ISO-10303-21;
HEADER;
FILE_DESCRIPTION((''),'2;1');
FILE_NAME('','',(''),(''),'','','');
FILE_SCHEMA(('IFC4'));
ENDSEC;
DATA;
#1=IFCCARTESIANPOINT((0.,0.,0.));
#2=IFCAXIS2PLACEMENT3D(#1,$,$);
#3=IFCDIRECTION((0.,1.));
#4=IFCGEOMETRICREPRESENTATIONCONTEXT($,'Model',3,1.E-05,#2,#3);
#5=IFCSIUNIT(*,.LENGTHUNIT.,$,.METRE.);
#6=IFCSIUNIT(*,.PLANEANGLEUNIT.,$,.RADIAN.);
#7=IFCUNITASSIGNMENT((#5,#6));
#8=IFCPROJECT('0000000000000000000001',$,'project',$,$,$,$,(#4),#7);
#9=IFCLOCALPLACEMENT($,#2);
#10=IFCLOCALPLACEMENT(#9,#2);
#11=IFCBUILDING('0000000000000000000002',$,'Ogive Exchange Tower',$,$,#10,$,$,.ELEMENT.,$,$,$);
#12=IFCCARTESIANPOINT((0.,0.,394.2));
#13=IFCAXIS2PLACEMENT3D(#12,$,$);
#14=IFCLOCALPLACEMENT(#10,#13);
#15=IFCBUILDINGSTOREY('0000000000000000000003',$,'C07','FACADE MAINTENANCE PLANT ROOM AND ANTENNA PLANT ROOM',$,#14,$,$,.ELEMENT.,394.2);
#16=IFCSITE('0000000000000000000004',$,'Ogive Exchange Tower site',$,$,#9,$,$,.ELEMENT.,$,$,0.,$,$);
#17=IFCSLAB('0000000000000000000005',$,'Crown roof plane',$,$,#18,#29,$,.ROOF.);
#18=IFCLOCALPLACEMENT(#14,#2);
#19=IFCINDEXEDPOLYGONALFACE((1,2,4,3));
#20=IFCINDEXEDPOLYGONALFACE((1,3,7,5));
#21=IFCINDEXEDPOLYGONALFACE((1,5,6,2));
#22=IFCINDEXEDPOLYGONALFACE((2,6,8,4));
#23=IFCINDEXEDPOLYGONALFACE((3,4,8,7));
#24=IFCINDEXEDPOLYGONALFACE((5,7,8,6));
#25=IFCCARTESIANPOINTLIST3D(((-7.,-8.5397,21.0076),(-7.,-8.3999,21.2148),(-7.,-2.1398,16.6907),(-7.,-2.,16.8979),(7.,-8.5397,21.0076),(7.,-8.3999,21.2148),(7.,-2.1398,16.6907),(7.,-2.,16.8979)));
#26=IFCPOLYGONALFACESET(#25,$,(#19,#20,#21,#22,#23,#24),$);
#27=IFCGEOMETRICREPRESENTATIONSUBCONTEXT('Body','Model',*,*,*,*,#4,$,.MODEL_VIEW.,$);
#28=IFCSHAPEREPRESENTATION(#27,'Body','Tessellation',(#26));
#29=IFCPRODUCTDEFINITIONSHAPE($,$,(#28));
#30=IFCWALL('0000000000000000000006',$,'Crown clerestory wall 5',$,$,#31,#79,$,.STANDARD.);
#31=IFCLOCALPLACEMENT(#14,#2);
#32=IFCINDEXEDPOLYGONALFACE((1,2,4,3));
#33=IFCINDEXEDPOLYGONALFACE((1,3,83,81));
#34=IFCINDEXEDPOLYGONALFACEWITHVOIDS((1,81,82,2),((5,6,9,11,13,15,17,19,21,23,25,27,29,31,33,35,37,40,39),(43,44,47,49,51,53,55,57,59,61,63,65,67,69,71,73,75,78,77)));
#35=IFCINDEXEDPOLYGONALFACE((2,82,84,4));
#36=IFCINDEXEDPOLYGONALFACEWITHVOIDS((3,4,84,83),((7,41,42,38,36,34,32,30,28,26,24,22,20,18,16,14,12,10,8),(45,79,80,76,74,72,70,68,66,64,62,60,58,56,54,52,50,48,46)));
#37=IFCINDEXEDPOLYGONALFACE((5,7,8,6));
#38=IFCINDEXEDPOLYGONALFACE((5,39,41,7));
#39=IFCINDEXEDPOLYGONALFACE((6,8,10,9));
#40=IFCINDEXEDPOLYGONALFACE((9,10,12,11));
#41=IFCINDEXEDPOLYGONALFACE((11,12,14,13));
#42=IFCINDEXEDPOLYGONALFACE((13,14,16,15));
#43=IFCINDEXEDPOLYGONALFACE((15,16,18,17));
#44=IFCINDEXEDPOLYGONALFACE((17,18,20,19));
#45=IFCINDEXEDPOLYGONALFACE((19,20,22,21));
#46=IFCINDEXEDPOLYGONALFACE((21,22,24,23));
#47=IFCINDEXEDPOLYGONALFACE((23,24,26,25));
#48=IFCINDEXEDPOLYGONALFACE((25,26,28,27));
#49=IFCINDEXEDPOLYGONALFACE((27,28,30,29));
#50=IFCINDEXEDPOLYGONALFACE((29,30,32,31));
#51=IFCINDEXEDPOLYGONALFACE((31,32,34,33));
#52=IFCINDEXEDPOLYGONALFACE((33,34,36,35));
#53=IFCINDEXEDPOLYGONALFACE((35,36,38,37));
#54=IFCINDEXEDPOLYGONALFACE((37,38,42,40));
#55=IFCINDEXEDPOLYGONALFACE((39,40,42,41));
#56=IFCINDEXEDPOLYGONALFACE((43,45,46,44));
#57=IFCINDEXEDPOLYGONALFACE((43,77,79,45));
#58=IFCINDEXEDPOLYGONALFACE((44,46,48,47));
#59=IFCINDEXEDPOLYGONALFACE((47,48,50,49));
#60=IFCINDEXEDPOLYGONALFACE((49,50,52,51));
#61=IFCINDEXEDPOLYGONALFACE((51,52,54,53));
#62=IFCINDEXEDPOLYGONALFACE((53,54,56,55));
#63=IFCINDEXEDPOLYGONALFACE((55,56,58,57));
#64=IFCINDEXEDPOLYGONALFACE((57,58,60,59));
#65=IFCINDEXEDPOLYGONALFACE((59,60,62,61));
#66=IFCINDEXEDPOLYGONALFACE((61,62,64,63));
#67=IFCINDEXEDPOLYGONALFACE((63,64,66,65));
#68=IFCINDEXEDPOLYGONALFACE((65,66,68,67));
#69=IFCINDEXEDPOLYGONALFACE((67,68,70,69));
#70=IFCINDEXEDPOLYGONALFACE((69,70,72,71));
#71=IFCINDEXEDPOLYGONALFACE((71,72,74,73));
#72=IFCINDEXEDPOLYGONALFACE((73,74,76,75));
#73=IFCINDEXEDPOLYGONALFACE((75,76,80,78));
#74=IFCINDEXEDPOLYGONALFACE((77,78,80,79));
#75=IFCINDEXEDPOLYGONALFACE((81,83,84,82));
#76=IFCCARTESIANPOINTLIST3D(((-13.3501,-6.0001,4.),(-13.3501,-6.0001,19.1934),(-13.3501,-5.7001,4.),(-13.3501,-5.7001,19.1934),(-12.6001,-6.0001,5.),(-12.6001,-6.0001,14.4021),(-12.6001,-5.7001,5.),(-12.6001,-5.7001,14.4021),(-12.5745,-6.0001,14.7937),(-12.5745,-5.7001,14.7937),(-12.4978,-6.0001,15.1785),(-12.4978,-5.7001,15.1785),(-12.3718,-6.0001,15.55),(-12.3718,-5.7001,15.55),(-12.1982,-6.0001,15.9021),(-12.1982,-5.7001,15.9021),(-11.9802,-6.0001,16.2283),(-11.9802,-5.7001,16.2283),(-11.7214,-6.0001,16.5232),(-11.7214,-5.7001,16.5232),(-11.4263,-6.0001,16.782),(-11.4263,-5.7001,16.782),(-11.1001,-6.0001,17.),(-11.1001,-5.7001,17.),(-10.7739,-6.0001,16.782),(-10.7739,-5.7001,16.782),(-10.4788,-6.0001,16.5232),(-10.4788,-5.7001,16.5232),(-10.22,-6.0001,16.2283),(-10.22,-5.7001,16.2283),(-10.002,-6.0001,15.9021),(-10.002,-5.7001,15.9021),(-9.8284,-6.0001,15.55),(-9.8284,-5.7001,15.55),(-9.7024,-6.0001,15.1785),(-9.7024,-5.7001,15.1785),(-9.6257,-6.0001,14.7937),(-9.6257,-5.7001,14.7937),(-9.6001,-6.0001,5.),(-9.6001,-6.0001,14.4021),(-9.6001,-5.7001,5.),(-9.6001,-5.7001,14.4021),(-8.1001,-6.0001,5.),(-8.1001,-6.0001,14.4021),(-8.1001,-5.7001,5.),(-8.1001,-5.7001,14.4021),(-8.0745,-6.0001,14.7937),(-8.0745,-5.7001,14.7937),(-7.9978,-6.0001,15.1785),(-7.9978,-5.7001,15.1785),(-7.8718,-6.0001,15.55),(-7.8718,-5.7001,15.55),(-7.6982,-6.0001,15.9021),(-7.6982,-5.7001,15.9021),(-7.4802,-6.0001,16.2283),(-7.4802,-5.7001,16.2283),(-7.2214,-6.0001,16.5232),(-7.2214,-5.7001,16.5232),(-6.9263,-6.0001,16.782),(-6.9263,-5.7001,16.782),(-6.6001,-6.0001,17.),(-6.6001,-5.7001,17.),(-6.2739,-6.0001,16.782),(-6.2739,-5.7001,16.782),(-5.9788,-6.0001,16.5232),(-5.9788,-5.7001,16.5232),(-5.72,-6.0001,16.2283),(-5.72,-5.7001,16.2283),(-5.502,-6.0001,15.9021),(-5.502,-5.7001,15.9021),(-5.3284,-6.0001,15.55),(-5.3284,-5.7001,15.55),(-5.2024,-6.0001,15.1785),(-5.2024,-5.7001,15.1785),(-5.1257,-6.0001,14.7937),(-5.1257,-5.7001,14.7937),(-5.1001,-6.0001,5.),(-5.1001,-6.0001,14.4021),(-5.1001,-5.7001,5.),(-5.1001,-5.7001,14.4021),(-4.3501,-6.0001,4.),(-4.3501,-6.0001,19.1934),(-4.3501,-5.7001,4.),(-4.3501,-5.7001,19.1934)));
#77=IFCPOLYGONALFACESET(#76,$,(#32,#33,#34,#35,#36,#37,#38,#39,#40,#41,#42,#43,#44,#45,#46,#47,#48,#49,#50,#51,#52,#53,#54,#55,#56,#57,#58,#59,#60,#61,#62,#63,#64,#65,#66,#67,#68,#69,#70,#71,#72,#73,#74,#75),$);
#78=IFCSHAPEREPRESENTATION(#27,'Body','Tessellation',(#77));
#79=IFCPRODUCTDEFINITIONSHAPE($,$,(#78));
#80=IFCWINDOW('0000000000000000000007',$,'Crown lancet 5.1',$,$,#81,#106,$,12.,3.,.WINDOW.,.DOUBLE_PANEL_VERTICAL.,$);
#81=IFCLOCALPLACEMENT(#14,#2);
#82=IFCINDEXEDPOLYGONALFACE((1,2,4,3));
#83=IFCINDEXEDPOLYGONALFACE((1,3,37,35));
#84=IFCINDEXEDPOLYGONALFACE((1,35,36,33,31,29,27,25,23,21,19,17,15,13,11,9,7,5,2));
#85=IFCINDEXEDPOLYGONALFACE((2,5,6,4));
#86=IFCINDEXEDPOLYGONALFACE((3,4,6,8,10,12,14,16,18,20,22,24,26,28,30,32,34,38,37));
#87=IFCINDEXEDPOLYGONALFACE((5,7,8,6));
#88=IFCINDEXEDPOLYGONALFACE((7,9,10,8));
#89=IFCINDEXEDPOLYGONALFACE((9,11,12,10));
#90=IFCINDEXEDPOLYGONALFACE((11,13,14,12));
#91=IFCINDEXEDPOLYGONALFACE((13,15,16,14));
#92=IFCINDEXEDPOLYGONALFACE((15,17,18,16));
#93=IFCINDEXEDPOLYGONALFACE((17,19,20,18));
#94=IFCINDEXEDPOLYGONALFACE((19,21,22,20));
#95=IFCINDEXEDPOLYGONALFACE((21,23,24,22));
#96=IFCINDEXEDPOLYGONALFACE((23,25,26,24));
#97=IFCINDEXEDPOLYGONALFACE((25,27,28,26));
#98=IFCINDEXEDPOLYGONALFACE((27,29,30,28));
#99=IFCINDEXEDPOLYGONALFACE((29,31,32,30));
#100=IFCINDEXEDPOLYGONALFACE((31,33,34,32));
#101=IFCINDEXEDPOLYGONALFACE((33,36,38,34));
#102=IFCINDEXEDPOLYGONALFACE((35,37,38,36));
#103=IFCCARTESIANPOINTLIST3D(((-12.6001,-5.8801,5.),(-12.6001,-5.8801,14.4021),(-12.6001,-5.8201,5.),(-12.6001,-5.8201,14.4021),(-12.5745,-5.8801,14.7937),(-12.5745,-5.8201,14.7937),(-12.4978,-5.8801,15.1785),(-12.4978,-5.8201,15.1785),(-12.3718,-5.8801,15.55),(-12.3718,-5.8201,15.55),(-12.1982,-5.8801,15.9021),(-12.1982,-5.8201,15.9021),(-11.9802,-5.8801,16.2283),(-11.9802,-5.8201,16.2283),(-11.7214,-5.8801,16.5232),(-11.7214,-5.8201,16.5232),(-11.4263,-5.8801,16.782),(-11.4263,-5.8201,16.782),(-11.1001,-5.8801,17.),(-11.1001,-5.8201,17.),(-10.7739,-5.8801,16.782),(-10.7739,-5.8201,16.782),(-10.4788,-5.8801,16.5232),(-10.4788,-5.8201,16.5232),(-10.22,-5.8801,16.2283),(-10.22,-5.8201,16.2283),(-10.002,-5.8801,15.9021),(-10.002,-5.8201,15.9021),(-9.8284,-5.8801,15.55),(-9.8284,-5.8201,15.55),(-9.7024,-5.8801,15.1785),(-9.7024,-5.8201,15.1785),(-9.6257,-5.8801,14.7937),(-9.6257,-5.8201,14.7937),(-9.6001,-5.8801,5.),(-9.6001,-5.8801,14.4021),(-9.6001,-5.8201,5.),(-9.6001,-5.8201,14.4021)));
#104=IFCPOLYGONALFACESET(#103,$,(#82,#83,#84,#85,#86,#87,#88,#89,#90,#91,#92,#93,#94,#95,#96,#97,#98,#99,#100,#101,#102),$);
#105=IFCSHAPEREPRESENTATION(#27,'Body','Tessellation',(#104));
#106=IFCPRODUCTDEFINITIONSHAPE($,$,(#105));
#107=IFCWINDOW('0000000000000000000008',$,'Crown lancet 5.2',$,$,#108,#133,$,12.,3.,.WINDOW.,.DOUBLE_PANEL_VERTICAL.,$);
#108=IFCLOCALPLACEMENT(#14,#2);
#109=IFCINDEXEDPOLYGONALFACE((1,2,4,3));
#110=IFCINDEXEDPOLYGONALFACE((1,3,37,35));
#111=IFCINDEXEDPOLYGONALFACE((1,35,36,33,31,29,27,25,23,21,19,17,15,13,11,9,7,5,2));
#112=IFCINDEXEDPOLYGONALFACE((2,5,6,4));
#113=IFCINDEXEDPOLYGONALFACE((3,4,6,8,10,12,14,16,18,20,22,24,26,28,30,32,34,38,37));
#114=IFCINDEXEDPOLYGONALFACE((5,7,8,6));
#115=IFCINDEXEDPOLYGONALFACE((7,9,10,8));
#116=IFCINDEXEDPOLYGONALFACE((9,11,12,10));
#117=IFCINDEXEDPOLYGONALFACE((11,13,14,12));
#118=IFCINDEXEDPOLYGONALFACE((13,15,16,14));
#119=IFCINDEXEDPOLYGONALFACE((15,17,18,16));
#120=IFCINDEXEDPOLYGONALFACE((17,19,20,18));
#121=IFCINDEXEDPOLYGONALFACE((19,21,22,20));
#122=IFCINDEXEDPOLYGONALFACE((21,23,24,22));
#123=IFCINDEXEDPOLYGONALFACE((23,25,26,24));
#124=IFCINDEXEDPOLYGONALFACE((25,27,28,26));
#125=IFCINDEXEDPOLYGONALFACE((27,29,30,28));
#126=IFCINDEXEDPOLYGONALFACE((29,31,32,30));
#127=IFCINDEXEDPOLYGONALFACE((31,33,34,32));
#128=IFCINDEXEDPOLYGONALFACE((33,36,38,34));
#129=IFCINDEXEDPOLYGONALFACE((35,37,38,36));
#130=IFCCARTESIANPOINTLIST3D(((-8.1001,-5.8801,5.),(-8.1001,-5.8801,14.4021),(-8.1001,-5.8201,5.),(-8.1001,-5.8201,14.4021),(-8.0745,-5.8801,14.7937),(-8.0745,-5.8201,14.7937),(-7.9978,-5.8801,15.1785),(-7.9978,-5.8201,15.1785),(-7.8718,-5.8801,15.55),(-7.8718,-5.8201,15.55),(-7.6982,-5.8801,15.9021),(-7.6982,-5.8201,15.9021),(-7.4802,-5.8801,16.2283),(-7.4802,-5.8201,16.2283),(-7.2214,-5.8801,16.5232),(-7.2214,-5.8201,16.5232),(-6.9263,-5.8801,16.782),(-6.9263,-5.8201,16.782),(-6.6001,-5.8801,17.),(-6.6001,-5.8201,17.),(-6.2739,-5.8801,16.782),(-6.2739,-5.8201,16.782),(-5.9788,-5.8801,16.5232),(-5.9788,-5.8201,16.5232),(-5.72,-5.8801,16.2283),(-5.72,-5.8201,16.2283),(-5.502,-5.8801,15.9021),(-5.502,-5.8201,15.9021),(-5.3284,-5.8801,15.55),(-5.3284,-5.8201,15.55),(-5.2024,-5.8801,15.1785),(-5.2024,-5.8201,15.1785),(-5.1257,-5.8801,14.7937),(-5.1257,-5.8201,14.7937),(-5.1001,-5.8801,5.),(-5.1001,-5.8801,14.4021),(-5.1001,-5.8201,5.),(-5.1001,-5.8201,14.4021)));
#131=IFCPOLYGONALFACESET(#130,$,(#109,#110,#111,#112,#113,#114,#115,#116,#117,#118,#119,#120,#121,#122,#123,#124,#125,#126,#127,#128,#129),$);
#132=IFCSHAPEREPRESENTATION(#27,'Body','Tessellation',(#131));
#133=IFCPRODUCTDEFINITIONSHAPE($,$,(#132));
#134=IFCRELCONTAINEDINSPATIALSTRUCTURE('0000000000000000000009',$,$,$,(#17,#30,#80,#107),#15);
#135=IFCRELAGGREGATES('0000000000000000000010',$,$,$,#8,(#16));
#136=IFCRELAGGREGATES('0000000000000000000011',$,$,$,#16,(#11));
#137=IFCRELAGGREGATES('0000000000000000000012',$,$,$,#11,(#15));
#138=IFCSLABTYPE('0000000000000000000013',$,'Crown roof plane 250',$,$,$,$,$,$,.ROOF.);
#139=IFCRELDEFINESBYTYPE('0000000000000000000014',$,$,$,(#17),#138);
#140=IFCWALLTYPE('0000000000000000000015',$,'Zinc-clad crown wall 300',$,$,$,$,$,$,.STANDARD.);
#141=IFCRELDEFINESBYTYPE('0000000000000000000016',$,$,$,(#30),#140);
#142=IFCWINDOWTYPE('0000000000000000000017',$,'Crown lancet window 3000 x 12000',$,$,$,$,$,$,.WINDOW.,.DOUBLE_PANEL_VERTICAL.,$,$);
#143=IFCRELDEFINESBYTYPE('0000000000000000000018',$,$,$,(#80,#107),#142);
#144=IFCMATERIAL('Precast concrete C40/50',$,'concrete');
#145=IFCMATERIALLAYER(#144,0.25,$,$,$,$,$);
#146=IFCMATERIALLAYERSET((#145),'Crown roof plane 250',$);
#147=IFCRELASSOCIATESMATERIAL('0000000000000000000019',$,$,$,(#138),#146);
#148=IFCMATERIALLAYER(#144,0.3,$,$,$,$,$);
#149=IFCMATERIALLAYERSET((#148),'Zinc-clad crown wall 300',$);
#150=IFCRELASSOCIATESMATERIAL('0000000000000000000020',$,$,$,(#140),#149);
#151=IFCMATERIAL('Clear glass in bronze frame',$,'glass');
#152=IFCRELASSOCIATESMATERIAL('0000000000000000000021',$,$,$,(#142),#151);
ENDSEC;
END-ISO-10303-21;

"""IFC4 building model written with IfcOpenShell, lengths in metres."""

from ifc_helpers import new_model, si_unit, direction, frame, frame_2d, origin, place, context, subcontext, project, spatial, polyline, rectangle, outline, extrude, material, layer, layer_set, type_object, element, fill, save


model = new_model("IFC4")

# Units and contexts
model_context = context("Model", 3, precision=1e-05, world=origin(), true_north=direction((0.0, 1.0)))
body_context = subcontext(model_context, "Body", "Model", "MODEL_VIEW")
ifc_project = project(units=[si_unit("LENGTHUNIT", "METRE"), si_unit("PLANEANGLEUNIT", "RADIAN")], contexts=[model_context])

# Site, building, storey
site_placement = place(None, origin())
site = spatial("IfcSite", under=ifc_project, at=site_placement, Name="Ogive Exchange Tower site", CompositionType="ELEMENT", RefElevation=0.0)
building_placement = place(site_placement, origin())
building = spatial("IfcBuilding", under=site, at=building_placement, Name="Ogive Exchange Tower", CompositionType="ELEMENT")
storey_placement = place(building_placement, frame((0.0, 0.0, 394.2)))
storey = spatial("IfcBuildingStorey", under=building, at=storey_placement, Name="C07", Description="FACADE MAINTENANCE PLANT ROOM AND ANTENNA PLANT ROOM", CompositionType="ELEMENT", Elevation=394.2)

# Slab
ifc_material_1 = material(Name="Precast concrete C40/50", Category="concrete")
ifc_layer_1 = layer(ifc_material_1, 0.25)
ifc_layer_set_1 = layer_set([ifc_layer_1], Name="Crown roof plane 250")
slab_type_1 = type_object("IfcSlabType", Name="Crown roof plane 250", PredefinedType="ROOF", material=ifc_layer_set_1)
slab_1_placement = place(storey_placement, frame((-7.0, -8.3999, 21.2148), z_axis=(0.0, 0.559202, 0.829031), x_axis=(0.0, 0.829031, -0.559202)))
element("IfcSlab", 1, at=slab_1_placement, inside=storey, type_object=slab_type_1, Name="Crown roof plane", PredefinedType="ROOF", context=body_context, shape_type="SweptSolid", body=[
    extrude(outline(polyline([(0.0, 0.0), (7.7197, 0.0), (7.7197, -14.0), (0.0, -14.0), (0.0, 0.0)])), origin(), (0.0, 0.0, -1.0), 0.25),
])

# Wall, openings, windows
ifc_layer_2 = layer(ifc_material_1, 0.3)
ifc_layer_set_2 = layer_set([ifc_layer_2], Name="Zinc-clad crown wall 300")
wall_type = type_object("IfcWallType", Name="Zinc-clad crown wall 300", PredefinedType="STANDARD", material=ifc_layer_set_2)
wall_1_placement = place(storey_placement, frame((-13.3501, -5.8501, 4.0), z_axis=(0.0, 0.0, 1.0), x_axis=(1.0, 0.0, 0.0)))
wall_1 = element("IfcWall", 2, at=wall_1_placement, inside=storey, type_object=wall_type, Name="Crown clerestory wall 5", PredefinedType="STANDARD", context=body_context, shape_type="SweptSolid", body=[
    extrude(rectangle(XDim=9.0, YDim=0.3, at=frame_2d((4.5, 0.0))), origin(), (0.0, 0.0, 1.0), 15.1934),
])
opening_1_placement = place(wall_1_placement, frame((0.75, 0.0, 1.0)))
opening_1 = element("IfcOpeningElement", 3, at=opening_1_placement, cuts=wall_1, PredefinedType="OPENING", context=body_context, shape_type="SweptSolid", body=[
    extrude(outline(polyline([(0.0, 0.0), (3.0, 0.0), (3.0, 9.4021), (2.9744, 9.7937), (2.8977, 10.1785), (2.7717, 10.55), (2.5981, 10.9021), (2.3801, 11.2283), (2.1213, 11.5232), (1.8262, 11.782), (1.5, 12.0), (1.1738, 11.782), (0.8787, 11.5232), (0.6199, 11.2283), (0.4019, 10.9021), (0.2283, 10.55), (0.1023, 10.1785), (0.0256, 9.7937), (0.0, 9.4021), (0.0, 0.0)])), frame((0.0, 0.1599, 0.0), z_axis=(0.0, -1.0, 0.0), x_axis=(1.0, 0.0, 0.0)), (0.0, 0.0, 1.0), 0.3201),
])
opening_2_placement = place(wall_1_placement, frame((5.25, 0.0, 1.0)))
opening_2 = element("IfcOpeningElement", 4, at=opening_2_placement, cuts=wall_1, PredefinedType="OPENING", context=body_context, shape_type="SweptSolid", body=[
    extrude(outline(polyline([(0.0, 0.0), (3.0, 0.0), (3.0, 9.4021), (2.9744, 9.7937), (2.8977, 10.1785), (2.7717, 10.55), (2.5981, 10.9021), (2.3801, 11.2283), (2.1213, 11.5232), (1.8262, 11.782), (1.5, 12.0), (1.1738, 11.782), (0.8787, 11.5232), (0.6199, 11.2283), (0.4019, 10.9021), (0.2283, 10.55), (0.1023, 10.1785), (0.0256, 9.7937), (0.0, 9.4021), (0.0, 0.0)])), frame((0.0, 0.1599, 0.0), z_axis=(0.0, -1.0, 0.0), x_axis=(1.0, 0.0, 0.0)), (0.0, 0.0, 1.0), 0.3201),
])
ifc_material_2 = material(Name="Clear glass in bronze frame", Category="glass")
window_type_1 = type_object("IfcWindowType", Name="Crown lancet window 3000 x 12000", PartitioningType="DOUBLE_PANEL_VERTICAL", PredefinedType="WINDOW", material=ifc_material_2)
window_1_placement = place(opening_1_placement, origin())
window_1 = element("IfcWindow", 5, at=window_1_placement, inside=storey, type_object=window_type_1, Name="Crown lancet 5.1", OverallHeight=12.0, OverallWidth=3.0, PartitioningType="DOUBLE_PANEL_VERTICAL", PredefinedType="WINDOW", context=body_context, shape_type="SweptSolid", body=[
    extrude(outline(polyline([(0.0, 0.0), (3.0, 0.0), (3.0, 9.4021), (2.9744, 9.7937), (2.8977, 10.1785), (2.7717, 10.55), (2.5981, 10.9021), (2.3801, 11.2283), (2.1213, 11.5232), (1.8262, 11.782), (1.5, 12.0), (1.1738, 11.782), (0.8787, 11.5232), (0.6199, 11.2283), (0.4019, 10.9021), (0.2283, 10.55), (0.1023, 10.1785), (0.0256, 9.7937), (0.0, 9.4021), (0.0, 0.0)])), frame((0.0, 0.03, 0.0), z_axis=(0.0, -1.0, 0.0), x_axis=(1.0, 0.0, 0.0)), (0.0, 0.0, 1.0), 0.0601),
])
fill(opening_1, window_1)
window_2_placement = place(opening_2_placement, origin())
window_2 = element("IfcWindow", 6, at=window_2_placement, inside=storey, type_object=window_type_1, Name="Crown lancet 5.2", OverallHeight=12.0, OverallWidth=3.0, PartitioningType="DOUBLE_PANEL_VERTICAL", PredefinedType="WINDOW", context=body_context, shape_type="SweptSolid", body=[
    extrude(outline(polyline([(0.0, 0.0), (3.0, 0.0), (3.0, 9.4021), (2.9744, 9.7937), (2.8977, 10.1785), (2.7717, 10.55), (2.5981, 10.9021), (2.3801, 11.2283), (2.1213, 11.5232), (1.8262, 11.782), (1.5, 12.0), (1.1738, 11.782), (0.8787, 11.5232), (0.6199, 11.2283), (0.4019, 10.9021), (0.2283, 10.55), (0.1023, 10.1785), (0.0256, 9.7937), (0.0, 9.4021), (0.0, 0.0)])), frame((0.0, 0.03, 0.0), z_axis=(0.0, -1.0, 0.0), x_axis=(1.0, 0.0, 0.0)), (0.0, 0.0, 1.0), 0.0601),
])
fill(opening_2, window_2)

save(model, "model.ifc")
